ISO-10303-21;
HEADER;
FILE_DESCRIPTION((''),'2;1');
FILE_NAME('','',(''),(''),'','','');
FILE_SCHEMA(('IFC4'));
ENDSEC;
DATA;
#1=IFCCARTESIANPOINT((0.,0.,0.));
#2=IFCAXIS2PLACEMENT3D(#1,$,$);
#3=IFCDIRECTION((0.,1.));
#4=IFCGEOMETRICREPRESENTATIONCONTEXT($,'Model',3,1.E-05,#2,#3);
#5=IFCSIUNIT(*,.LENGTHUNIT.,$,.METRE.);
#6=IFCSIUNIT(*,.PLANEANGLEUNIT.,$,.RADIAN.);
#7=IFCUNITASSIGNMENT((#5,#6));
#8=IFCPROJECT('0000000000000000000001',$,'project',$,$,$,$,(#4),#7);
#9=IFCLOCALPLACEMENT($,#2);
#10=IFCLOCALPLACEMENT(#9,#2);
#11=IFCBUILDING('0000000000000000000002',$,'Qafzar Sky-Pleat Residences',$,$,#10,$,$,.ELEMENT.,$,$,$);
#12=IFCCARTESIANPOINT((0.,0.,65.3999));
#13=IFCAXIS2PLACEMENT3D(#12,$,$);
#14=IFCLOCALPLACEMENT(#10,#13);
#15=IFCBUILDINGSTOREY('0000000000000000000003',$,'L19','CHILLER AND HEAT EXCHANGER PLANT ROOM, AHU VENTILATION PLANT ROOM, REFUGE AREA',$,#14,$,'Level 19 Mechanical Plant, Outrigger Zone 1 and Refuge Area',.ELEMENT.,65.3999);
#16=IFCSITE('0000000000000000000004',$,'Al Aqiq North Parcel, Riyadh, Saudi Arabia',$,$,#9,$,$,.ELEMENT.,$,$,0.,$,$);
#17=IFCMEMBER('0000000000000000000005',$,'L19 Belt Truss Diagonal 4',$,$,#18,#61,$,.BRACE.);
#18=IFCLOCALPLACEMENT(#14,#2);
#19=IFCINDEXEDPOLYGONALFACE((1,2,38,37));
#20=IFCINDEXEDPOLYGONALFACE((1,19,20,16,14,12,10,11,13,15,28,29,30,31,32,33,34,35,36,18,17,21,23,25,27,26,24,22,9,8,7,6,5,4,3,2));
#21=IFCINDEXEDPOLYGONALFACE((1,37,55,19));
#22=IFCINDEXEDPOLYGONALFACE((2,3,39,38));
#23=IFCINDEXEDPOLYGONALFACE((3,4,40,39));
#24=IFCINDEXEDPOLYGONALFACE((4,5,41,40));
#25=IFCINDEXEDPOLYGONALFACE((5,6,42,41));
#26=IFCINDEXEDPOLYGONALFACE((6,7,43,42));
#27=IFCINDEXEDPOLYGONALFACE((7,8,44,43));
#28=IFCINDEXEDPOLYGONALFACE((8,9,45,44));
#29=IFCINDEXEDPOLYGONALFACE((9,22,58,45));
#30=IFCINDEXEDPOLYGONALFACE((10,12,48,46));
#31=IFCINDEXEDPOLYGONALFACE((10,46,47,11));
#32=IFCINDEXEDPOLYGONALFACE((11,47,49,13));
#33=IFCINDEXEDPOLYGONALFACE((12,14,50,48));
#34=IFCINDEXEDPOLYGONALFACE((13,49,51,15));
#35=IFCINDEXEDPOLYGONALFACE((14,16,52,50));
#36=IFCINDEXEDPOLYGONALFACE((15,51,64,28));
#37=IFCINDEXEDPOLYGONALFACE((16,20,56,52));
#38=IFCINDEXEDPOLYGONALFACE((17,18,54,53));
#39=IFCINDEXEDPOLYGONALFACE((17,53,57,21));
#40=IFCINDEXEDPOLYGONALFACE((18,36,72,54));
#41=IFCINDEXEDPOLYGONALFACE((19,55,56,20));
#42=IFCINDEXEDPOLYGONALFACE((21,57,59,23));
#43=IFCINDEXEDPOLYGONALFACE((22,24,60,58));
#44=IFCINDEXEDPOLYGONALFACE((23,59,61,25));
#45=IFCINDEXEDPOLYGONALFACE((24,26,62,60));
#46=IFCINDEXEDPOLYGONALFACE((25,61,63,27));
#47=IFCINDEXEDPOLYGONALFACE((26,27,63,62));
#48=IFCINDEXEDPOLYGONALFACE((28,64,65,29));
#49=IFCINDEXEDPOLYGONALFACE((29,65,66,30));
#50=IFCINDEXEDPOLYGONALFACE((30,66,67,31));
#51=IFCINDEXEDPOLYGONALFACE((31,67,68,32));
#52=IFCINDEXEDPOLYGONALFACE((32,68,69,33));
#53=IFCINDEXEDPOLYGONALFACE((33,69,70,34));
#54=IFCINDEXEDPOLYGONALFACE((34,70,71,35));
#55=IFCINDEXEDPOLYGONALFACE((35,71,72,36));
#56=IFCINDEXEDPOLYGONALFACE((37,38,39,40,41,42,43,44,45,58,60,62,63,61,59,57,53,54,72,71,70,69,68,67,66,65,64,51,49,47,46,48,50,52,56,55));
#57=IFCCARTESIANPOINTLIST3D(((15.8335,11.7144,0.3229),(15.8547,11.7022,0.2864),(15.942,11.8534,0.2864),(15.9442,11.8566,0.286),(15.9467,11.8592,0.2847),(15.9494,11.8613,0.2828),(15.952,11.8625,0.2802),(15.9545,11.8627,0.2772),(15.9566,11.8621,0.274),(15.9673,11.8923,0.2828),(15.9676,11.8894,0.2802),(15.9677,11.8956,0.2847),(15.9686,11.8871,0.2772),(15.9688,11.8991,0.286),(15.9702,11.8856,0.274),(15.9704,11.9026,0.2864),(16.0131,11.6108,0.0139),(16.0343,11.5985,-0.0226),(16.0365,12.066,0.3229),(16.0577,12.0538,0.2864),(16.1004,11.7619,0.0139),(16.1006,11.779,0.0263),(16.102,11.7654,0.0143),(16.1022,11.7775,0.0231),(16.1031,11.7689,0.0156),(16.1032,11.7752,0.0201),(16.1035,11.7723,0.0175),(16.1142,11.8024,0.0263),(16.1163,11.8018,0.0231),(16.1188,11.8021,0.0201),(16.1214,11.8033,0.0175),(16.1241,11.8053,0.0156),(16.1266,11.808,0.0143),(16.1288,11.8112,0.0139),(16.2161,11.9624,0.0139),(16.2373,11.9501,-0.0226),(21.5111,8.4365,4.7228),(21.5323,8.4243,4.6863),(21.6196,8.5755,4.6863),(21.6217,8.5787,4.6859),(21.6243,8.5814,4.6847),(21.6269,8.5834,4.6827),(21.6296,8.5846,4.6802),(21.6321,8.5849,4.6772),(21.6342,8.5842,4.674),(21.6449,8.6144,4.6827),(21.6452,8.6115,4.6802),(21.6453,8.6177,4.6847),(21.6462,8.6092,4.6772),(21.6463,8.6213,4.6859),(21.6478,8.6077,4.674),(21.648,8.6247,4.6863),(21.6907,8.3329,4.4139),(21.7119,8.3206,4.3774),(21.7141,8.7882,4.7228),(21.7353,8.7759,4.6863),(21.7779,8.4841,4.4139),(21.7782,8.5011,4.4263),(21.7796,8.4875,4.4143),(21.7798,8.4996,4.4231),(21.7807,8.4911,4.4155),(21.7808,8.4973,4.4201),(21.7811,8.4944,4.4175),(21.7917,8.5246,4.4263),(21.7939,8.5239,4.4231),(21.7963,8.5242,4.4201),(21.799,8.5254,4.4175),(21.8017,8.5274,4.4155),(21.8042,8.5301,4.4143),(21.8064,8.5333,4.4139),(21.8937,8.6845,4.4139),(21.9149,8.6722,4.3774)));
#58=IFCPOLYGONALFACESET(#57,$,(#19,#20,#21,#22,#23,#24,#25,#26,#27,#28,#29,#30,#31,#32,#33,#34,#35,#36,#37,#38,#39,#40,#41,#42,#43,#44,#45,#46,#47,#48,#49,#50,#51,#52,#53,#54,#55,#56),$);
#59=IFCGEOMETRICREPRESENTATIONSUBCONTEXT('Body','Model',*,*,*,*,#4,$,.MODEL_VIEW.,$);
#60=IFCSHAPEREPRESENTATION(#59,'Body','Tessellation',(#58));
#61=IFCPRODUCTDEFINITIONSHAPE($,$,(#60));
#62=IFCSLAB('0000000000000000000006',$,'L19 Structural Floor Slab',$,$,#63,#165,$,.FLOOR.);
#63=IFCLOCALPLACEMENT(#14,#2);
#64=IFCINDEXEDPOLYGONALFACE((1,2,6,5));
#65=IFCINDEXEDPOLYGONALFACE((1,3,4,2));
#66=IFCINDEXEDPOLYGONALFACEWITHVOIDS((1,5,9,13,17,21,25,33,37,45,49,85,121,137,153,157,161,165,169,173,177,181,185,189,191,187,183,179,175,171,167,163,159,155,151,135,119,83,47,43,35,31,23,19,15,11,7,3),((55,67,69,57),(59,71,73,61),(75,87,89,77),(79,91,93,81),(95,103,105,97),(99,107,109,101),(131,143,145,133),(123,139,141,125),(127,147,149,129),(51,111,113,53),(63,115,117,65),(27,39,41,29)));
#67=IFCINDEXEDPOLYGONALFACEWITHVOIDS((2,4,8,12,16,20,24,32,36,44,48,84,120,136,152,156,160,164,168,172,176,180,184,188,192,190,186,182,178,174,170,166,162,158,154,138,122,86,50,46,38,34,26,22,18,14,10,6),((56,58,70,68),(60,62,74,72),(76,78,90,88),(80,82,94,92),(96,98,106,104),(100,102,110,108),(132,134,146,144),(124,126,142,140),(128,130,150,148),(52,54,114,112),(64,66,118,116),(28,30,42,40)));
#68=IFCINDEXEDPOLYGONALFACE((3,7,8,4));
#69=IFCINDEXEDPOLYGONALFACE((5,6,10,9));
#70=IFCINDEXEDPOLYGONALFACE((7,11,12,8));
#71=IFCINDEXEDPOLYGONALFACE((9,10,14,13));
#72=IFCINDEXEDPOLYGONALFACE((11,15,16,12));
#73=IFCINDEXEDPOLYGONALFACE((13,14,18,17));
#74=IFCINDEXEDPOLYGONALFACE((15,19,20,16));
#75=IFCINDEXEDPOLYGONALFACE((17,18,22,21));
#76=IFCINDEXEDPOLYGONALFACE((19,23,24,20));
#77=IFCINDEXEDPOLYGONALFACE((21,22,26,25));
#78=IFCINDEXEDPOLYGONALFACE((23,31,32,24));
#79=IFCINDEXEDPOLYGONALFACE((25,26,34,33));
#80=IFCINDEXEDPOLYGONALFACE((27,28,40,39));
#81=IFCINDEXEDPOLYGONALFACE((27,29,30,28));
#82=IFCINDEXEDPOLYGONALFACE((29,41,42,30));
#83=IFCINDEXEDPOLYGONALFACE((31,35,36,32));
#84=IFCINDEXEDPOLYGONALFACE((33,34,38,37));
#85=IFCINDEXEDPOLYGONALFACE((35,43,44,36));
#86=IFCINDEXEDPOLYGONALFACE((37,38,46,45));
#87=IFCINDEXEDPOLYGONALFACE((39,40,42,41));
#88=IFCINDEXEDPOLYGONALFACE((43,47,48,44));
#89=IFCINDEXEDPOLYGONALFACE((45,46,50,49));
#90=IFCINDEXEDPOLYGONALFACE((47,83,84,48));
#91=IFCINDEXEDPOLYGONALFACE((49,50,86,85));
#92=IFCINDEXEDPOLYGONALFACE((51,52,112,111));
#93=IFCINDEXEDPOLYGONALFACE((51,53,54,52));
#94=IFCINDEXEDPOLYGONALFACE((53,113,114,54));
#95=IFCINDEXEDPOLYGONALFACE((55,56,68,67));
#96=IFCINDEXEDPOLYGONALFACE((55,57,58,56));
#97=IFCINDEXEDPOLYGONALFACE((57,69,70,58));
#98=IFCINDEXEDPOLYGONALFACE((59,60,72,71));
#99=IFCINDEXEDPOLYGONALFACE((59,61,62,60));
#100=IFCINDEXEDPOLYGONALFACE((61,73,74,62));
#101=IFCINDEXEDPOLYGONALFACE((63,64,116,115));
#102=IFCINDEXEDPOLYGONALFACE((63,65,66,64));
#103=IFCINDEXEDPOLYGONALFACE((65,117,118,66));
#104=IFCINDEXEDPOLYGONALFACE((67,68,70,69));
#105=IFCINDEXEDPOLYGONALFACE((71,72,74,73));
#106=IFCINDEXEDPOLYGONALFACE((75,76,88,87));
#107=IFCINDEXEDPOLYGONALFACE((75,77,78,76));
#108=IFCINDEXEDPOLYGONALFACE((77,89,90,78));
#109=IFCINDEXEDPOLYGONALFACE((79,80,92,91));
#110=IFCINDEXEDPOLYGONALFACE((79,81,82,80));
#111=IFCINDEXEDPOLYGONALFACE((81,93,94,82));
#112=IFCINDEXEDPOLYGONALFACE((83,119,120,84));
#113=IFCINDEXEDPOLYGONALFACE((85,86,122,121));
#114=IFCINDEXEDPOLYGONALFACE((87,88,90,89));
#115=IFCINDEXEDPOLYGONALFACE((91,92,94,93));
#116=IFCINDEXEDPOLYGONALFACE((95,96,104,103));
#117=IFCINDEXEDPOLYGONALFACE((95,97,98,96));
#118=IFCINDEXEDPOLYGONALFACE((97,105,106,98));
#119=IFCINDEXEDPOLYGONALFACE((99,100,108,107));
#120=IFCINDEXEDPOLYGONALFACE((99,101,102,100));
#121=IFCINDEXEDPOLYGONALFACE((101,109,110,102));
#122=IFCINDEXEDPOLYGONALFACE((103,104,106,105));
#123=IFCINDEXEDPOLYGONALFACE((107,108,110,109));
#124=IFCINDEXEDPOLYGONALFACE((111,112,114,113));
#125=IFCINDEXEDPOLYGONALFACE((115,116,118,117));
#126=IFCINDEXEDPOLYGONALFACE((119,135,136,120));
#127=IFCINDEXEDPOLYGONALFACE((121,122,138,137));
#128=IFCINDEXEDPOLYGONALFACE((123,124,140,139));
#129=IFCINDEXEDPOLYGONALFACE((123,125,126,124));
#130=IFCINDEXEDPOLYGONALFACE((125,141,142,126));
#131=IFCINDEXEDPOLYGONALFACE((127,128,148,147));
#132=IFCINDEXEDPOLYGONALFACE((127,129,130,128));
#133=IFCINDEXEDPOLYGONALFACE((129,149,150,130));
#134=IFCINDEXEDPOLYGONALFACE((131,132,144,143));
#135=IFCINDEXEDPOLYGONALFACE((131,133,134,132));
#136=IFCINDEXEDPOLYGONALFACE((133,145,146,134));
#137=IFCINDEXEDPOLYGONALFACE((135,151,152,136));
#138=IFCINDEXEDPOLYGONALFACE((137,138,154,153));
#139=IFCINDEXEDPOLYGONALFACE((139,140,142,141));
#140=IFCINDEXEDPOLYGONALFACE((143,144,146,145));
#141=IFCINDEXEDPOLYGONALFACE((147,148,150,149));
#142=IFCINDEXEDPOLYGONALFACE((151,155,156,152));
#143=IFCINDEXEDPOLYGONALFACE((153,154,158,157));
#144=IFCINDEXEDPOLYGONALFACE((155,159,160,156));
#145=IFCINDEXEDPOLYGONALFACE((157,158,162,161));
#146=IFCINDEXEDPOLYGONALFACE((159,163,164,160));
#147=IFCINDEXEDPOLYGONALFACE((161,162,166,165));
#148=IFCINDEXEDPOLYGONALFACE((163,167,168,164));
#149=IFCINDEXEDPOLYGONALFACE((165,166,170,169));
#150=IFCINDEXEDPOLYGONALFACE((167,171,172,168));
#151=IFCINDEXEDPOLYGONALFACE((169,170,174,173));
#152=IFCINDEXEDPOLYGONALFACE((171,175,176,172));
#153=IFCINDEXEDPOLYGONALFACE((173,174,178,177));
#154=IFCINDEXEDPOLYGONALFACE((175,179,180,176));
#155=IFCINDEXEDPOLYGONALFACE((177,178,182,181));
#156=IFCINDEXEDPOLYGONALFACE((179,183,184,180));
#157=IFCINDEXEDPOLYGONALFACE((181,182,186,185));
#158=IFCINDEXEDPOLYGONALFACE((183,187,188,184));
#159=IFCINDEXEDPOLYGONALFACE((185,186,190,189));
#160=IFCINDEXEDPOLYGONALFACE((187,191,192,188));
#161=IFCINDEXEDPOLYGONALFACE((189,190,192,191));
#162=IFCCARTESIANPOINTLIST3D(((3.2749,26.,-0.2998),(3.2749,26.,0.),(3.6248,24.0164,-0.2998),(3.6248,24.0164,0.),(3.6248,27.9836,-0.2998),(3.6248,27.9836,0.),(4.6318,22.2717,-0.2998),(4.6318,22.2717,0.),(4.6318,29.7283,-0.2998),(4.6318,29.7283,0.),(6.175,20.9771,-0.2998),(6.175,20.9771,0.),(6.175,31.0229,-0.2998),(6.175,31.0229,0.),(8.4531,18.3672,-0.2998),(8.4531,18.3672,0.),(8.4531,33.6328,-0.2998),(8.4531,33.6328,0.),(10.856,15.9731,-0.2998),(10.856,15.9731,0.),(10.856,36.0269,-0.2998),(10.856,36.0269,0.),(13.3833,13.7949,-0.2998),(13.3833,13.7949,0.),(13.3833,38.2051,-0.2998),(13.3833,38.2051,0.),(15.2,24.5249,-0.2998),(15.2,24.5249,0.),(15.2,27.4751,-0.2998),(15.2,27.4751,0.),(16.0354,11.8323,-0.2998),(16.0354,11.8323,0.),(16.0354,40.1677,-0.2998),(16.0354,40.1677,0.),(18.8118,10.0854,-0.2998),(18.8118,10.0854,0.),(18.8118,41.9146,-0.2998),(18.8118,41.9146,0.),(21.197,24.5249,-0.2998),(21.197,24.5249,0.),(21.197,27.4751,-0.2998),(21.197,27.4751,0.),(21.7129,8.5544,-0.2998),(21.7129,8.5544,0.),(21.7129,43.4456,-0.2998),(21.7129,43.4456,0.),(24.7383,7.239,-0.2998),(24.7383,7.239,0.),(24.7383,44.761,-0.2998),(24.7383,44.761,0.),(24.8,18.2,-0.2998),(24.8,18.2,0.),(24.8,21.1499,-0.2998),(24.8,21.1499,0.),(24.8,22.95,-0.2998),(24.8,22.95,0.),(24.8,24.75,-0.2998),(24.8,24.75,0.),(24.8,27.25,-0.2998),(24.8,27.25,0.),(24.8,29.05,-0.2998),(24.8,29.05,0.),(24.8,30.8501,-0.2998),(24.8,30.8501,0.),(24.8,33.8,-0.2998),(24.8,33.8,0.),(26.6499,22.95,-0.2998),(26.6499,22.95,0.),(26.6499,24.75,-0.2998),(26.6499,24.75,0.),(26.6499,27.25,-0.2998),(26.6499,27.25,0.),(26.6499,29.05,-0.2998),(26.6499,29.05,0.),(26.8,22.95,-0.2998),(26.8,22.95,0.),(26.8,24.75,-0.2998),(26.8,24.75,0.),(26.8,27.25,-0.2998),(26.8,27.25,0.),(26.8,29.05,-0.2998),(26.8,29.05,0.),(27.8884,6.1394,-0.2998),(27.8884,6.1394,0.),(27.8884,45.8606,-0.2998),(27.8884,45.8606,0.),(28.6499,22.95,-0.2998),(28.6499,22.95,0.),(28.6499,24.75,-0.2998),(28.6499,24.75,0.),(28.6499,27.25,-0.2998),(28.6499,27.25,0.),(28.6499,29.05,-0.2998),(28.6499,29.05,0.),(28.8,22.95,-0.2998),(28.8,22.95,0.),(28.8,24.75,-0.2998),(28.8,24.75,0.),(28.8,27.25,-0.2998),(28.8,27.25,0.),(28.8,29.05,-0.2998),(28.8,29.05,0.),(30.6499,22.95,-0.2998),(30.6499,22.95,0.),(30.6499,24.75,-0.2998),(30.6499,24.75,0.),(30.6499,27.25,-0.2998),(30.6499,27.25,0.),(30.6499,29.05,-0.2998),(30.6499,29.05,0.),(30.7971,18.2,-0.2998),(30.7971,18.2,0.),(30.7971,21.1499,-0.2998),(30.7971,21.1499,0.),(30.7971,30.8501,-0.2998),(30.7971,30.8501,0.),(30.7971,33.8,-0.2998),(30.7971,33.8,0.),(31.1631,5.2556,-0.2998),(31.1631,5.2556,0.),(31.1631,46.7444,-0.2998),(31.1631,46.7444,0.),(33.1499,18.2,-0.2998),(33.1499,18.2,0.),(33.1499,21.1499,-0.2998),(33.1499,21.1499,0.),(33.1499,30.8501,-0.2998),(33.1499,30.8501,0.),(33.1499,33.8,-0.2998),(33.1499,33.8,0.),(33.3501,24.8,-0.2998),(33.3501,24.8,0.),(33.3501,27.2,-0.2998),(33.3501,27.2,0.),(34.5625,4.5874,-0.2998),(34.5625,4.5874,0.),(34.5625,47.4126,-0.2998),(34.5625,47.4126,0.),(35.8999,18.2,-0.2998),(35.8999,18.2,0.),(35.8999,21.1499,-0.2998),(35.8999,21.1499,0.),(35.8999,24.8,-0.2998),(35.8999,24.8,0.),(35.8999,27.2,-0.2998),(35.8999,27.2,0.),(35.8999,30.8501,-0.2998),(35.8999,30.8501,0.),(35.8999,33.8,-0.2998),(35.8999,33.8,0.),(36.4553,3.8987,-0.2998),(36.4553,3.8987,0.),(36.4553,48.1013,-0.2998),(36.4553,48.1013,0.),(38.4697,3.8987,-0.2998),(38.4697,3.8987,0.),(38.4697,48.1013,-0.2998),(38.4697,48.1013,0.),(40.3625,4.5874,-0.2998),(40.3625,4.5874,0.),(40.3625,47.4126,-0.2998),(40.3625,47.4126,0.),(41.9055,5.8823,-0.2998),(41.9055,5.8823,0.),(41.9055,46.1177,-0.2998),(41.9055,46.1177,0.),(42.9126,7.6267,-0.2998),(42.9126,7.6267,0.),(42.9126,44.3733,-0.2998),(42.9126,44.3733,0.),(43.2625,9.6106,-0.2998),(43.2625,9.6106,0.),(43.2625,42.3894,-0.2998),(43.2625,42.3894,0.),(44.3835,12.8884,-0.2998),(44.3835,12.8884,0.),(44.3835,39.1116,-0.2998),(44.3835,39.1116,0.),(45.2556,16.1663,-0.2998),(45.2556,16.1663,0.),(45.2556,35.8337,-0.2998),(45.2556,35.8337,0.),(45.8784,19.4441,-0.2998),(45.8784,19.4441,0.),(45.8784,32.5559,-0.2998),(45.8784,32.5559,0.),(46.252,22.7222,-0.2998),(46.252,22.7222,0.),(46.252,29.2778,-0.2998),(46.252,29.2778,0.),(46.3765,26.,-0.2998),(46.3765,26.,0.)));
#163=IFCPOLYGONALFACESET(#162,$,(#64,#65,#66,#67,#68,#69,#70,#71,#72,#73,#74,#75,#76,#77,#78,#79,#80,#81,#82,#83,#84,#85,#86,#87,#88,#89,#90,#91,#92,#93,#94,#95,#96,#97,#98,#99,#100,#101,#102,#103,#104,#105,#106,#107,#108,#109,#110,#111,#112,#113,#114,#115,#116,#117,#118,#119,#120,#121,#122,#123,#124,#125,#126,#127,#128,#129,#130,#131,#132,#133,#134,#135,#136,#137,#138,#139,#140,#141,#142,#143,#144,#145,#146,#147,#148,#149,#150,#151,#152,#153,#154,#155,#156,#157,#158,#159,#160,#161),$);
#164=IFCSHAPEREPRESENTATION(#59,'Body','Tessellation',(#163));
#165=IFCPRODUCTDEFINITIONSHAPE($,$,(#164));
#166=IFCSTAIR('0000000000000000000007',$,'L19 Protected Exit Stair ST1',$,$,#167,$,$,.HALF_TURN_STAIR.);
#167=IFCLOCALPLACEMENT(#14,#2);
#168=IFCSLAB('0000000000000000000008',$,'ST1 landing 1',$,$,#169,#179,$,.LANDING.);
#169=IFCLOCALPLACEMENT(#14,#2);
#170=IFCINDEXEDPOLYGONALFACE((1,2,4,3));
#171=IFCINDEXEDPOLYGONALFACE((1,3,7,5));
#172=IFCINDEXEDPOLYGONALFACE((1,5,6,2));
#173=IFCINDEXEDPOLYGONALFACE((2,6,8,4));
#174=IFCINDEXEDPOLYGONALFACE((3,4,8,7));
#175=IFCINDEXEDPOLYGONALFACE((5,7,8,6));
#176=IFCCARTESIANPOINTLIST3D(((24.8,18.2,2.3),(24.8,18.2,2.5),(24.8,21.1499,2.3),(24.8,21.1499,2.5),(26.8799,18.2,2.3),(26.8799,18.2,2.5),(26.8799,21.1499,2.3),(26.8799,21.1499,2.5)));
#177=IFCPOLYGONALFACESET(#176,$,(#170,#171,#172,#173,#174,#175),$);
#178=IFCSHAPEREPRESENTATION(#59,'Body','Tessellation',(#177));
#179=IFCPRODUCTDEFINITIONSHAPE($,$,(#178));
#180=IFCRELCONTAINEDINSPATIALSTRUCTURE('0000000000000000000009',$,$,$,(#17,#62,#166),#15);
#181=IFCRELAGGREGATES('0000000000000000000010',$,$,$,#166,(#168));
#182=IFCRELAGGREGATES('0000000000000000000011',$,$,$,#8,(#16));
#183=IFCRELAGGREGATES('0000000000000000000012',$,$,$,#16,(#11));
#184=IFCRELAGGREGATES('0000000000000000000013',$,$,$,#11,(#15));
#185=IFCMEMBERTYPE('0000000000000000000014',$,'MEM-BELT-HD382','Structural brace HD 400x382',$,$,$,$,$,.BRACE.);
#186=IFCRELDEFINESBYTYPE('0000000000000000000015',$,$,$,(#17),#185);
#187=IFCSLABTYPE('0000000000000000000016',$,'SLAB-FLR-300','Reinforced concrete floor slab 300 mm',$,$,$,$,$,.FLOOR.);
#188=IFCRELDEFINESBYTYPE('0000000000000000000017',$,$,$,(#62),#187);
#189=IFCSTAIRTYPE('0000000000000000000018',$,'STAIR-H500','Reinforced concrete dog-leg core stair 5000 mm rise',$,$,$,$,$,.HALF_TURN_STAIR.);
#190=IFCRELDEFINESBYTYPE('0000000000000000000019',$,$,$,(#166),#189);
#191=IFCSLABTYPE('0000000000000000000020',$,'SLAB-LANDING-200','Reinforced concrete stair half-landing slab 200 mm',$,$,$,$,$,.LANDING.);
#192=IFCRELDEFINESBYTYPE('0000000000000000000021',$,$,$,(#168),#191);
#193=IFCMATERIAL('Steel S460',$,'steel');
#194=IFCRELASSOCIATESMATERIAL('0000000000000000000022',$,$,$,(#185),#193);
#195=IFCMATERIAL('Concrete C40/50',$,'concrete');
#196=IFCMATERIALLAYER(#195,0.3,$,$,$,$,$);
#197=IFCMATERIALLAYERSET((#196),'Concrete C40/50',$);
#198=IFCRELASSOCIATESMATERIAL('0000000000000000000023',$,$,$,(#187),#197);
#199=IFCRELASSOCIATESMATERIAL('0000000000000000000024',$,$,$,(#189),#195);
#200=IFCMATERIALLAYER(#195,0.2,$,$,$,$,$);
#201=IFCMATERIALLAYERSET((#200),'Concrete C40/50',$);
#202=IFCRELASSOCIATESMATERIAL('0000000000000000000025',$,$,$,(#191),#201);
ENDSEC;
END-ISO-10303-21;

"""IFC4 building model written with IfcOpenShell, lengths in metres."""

from ifc_helpers import new_model, si_unit, direction, frame, origin, origin_2d, place, context, subcontext, project, spatial, polyline, i_section, outline, extrude, source, transform, mapped, material, layer, layer_set, material_profile, profile_set, type_object, element, aggregate, save


model = new_model("IFC4")

# Units and contexts
model_context = context("Model", 3, precision=1e-05, world=origin(), true_north=direction((0.0, 1.0)))
body_context = subcontext(model_context, "Body", "Model", "MODEL_VIEW")
ifc_project = project(units=[si_unit("LENGTHUNIT", "METRE"), si_unit("PLANEANGLEUNIT", "RADIAN")], contexts=[model_context])

# Site, building, storey
site_placement = place(None, origin())
site = spatial("IfcSite", under=ifc_project, at=site_placement, Name="Al Aqiq North Parcel, Riyadh, Saudi Arabia", CompositionType="ELEMENT", RefElevation=0.0)
building_placement = place(site_placement, origin())
building = spatial("IfcBuilding", under=site, at=building_placement, Name="Qafzar Sky-Pleat Residences", CompositionType="ELEMENT")
storey_placement = place(building_placement, frame((0.0, 0.0, 65.3999)))
storey = spatial("IfcBuildingStorey", under=building, at=storey_placement, Name="L19", Description="CHILLER AND HEAT EXCHANGER PLANT ROOM, AHU VENTILATION PLANT ROOM, REFUGE AREA", LongName="Level 19 Mechanical Plant, Outrigger Zone 1 and Refuge Area", CompositionType="ELEMENT", Elevation=65.3999)

# Shared definitions
ifc_material_1 = material(Name="Steel S460", Category="steel")

# Member
ifc_material_profile_1 = material_profile(ifc_material_1, i_section(OverallWidth=0.406, OverallDepth=0.416, WebThickness=0.0271, FlangeThickness=0.0439, FilletRadius=0.0149, at=origin_2d()), Name="HD 400x382")
ifc_profile_set_1 = profile_set([ifc_material_profile_1], Name="Steel S460")
member_type = type_object("IfcMemberType", Name="MEM-BELT-HD382", Description="Structural brace HD 400x382", PredefinedType="BRACE", material=ifc_profile_set_1)
shared_shape_1 = source(origin(), body_context, "Body", "SweptSolid", [
    extrude(i_section(OverallWidth=0.406, OverallDepth=0.416, WebThickness=0.0271, FlangeThickness=0.0439, FilletRadius=0.0149, at=origin_2d()), origin(), (0.0, 0.0, 1.0), 7.8955),
])
member_1_placement = place(storey_placement, frame((16.0354, 11.8323, 0.1501), z_axis=(0.719089, -0.415158, 0.557275), x_axis=(0.499992, 0.86603, 0.0)))
element("IfcMember", 1, at=member_1_placement, inside=storey, type_object=member_type, Name="L19 Belt Truss Diagonal 4", PredefinedType="BRACE", context=body_context, shape_type="MappedRepresentation", body=[
    mapped(shared_shape_1, transform((0.0, 0.0, 0.0), x_axis=(1.0, 0.0, 0.0), y_axis=(0.0, 1.0, 0.0), z_axis=(0.0, 0.0, 1.0), scale=1.0)),
])

# Slab
ifc_material_2 = material(Name="Concrete C40/50", Category="concrete")
ifc_layer_1 = layer(ifc_material_2, 0.3)
ifc_layer_set_1 = layer_set([ifc_layer_1], Name="Concrete C40/50")
slab_type_1 = type_object("IfcSlabType", Name="SLAB-FLR-300", Description="Reinforced concrete floor slab 300 mm", PredefinedType="FLOOR", material=ifc_layer_set_1)
slab_1_placement = place(storey_placement, frame((0.0, 0.0, -0.2998)))
element("IfcSlab", 2, at=slab_1_placement, inside=storey, type_object=slab_type_1, Name="L19 Structural Floor Slab", PredefinedType="FLOOR", context=body_context, shape_type="SweptSolid", body=[
    extrude(outline(polyline([(6.175, 31.0229), (4.6318, 29.7283), (3.6248, 27.9836), (3.2749, 26.0), (3.6248, 24.0164), (4.6318, 22.2717), (6.175, 20.9771), (8.4531, 18.3672), (10.856, 15.9731), (13.3833, 13.7949), (16.0354, 11.8323), (18.8118, 10.0854), (21.7129, 8.5544), (24.7383, 7.239), (27.8884, 6.1394), (31.1631, 5.2556), (34.5625, 4.5874), (36.4553, 3.8987), (38.4697, 3.8987), (40.3625, 4.5874), (41.9055, 5.8823), (42.9126, 7.6267), (43.2625, 9.6106), (44.3835, 12.8884), (45.2556, 16.1663), (45.8784, 19.4441), (46.252, 22.7222), (46.3765, 26.0), (46.252, 29.2778), (45.8784, 32.5559), (45.2556, 35.8337), (44.3835, 39.1116), (43.2625, 42.3894), (42.9126, 44.3733), (41.9055, 46.1177), (40.3625, 47.4126), (38.4697, 48.1013), (36.4553, 48.1013), (34.5625, 47.4126), (31.1631, 46.7444), (27.8884, 45.8606), (24.7383, 44.761), (21.7129, 43.4456), (18.8118, 41.9146), (16.0354, 40.1677), (13.3833, 38.2051), (10.856, 36.0269), (8.4531, 33.6328), (6.175, 31.0229)]), holes=[polyline([(30.7971, 21.1499), (24.8, 21.1499), (24.8, 18.2), (30.7971, 18.2), (30.7971, 21.1499)]), polyline([(30.7971, 33.8), (24.8, 33.8), (24.8, 30.8501), (30.7971, 30.8501), (30.7971, 33.8)]), polyline([(21.197, 27.4751), (15.2, 27.4751), (15.2, 24.5249), (21.197, 24.5249), (21.197, 27.4751)]), polyline([(24.8, 22.95), (26.6499, 22.95), (26.6499, 24.75), (24.8, 24.75), (24.8, 22.95)]), polyline([(26.8, 22.95), (28.6499, 22.95), (28.6499, 24.75), (26.8, 24.75), (26.8, 22.95)]), polyline([(28.8, 22.95), (30.6499, 22.95), (30.6499, 24.75), (28.8, 24.75), (28.8, 22.95)]), polyline([(24.8, 27.25), (26.6499, 27.25), (26.6499, 29.05), (24.8, 29.05), (24.8, 27.25)]), polyline([(26.8, 27.25), (28.6499, 27.25), (28.6499, 29.05), (26.8, 29.05), (26.8, 27.25)]), polyline([(28.8, 27.25), (30.6499, 27.25), (30.6499, 29.05), (28.8, 29.05), (28.8, 27.25)]), polyline([(33.1499, 18.2), (35.8999, 18.2), (35.8999, 21.1499), (33.1499, 21.1499), (33.1499, 18.2)]), polyline([(33.1499, 30.8501), (35.8999, 30.8501), (35.8999, 33.8), (33.1499, 33.8), (33.1499, 30.8501)]), polyline([(33.3501, 24.8), (35.8999, 24.8), (35.8999, 27.2), (33.3501, 27.2), (33.3501, 24.8)])]), origin(), (0.0, 0.0, 1.0), 0.2998),
])

# Stair, slab
stair_type = type_object("IfcStairType", Name="STAIR-H500", Description="Reinforced concrete dog-leg core stair 5000 mm rise", PredefinedType="HALF_TURN_STAIR", material=ifc_material_2)
stair_1_placement = place(storey_placement, origin())
stair_1 = element("IfcStair", 3, at=stair_1_placement, inside=storey, type_object=stair_type, Name="L19 Protected Exit Stair ST1", PredefinedType="HALF_TURN_STAIR")
ifc_layer_2 = layer(ifc_material_2, 0.2)
ifc_layer_set_2 = layer_set([ifc_layer_2], Name="Concrete C40/50")
slab_type_2 = type_object("IfcSlabType", Name="SLAB-LANDING-200", Description="Reinforced concrete stair half-landing slab 200 mm", PredefinedType="LANDING", material=ifc_layer_set_2)
slab_2_placement = place(storey_placement, frame((0.0, 0.0, 2.3)))
slab_2 = element("IfcSlab", 4, at=slab_2_placement, type_object=slab_type_2, Name="ST1 landing 1", PredefinedType="LANDING", context=body_context, shape_type="SweptSolid", body=[
    extrude(outline(polyline([(26.8799, 21.1499), (24.8, 21.1499), (24.8, 18.2), (26.8799, 18.2), (26.8799, 21.1499)])), origin(), (0.0, 0.0, 1.0), 0.2),
])
aggregate(stair_1, [slab_2])

save(model, "model.ifc")
